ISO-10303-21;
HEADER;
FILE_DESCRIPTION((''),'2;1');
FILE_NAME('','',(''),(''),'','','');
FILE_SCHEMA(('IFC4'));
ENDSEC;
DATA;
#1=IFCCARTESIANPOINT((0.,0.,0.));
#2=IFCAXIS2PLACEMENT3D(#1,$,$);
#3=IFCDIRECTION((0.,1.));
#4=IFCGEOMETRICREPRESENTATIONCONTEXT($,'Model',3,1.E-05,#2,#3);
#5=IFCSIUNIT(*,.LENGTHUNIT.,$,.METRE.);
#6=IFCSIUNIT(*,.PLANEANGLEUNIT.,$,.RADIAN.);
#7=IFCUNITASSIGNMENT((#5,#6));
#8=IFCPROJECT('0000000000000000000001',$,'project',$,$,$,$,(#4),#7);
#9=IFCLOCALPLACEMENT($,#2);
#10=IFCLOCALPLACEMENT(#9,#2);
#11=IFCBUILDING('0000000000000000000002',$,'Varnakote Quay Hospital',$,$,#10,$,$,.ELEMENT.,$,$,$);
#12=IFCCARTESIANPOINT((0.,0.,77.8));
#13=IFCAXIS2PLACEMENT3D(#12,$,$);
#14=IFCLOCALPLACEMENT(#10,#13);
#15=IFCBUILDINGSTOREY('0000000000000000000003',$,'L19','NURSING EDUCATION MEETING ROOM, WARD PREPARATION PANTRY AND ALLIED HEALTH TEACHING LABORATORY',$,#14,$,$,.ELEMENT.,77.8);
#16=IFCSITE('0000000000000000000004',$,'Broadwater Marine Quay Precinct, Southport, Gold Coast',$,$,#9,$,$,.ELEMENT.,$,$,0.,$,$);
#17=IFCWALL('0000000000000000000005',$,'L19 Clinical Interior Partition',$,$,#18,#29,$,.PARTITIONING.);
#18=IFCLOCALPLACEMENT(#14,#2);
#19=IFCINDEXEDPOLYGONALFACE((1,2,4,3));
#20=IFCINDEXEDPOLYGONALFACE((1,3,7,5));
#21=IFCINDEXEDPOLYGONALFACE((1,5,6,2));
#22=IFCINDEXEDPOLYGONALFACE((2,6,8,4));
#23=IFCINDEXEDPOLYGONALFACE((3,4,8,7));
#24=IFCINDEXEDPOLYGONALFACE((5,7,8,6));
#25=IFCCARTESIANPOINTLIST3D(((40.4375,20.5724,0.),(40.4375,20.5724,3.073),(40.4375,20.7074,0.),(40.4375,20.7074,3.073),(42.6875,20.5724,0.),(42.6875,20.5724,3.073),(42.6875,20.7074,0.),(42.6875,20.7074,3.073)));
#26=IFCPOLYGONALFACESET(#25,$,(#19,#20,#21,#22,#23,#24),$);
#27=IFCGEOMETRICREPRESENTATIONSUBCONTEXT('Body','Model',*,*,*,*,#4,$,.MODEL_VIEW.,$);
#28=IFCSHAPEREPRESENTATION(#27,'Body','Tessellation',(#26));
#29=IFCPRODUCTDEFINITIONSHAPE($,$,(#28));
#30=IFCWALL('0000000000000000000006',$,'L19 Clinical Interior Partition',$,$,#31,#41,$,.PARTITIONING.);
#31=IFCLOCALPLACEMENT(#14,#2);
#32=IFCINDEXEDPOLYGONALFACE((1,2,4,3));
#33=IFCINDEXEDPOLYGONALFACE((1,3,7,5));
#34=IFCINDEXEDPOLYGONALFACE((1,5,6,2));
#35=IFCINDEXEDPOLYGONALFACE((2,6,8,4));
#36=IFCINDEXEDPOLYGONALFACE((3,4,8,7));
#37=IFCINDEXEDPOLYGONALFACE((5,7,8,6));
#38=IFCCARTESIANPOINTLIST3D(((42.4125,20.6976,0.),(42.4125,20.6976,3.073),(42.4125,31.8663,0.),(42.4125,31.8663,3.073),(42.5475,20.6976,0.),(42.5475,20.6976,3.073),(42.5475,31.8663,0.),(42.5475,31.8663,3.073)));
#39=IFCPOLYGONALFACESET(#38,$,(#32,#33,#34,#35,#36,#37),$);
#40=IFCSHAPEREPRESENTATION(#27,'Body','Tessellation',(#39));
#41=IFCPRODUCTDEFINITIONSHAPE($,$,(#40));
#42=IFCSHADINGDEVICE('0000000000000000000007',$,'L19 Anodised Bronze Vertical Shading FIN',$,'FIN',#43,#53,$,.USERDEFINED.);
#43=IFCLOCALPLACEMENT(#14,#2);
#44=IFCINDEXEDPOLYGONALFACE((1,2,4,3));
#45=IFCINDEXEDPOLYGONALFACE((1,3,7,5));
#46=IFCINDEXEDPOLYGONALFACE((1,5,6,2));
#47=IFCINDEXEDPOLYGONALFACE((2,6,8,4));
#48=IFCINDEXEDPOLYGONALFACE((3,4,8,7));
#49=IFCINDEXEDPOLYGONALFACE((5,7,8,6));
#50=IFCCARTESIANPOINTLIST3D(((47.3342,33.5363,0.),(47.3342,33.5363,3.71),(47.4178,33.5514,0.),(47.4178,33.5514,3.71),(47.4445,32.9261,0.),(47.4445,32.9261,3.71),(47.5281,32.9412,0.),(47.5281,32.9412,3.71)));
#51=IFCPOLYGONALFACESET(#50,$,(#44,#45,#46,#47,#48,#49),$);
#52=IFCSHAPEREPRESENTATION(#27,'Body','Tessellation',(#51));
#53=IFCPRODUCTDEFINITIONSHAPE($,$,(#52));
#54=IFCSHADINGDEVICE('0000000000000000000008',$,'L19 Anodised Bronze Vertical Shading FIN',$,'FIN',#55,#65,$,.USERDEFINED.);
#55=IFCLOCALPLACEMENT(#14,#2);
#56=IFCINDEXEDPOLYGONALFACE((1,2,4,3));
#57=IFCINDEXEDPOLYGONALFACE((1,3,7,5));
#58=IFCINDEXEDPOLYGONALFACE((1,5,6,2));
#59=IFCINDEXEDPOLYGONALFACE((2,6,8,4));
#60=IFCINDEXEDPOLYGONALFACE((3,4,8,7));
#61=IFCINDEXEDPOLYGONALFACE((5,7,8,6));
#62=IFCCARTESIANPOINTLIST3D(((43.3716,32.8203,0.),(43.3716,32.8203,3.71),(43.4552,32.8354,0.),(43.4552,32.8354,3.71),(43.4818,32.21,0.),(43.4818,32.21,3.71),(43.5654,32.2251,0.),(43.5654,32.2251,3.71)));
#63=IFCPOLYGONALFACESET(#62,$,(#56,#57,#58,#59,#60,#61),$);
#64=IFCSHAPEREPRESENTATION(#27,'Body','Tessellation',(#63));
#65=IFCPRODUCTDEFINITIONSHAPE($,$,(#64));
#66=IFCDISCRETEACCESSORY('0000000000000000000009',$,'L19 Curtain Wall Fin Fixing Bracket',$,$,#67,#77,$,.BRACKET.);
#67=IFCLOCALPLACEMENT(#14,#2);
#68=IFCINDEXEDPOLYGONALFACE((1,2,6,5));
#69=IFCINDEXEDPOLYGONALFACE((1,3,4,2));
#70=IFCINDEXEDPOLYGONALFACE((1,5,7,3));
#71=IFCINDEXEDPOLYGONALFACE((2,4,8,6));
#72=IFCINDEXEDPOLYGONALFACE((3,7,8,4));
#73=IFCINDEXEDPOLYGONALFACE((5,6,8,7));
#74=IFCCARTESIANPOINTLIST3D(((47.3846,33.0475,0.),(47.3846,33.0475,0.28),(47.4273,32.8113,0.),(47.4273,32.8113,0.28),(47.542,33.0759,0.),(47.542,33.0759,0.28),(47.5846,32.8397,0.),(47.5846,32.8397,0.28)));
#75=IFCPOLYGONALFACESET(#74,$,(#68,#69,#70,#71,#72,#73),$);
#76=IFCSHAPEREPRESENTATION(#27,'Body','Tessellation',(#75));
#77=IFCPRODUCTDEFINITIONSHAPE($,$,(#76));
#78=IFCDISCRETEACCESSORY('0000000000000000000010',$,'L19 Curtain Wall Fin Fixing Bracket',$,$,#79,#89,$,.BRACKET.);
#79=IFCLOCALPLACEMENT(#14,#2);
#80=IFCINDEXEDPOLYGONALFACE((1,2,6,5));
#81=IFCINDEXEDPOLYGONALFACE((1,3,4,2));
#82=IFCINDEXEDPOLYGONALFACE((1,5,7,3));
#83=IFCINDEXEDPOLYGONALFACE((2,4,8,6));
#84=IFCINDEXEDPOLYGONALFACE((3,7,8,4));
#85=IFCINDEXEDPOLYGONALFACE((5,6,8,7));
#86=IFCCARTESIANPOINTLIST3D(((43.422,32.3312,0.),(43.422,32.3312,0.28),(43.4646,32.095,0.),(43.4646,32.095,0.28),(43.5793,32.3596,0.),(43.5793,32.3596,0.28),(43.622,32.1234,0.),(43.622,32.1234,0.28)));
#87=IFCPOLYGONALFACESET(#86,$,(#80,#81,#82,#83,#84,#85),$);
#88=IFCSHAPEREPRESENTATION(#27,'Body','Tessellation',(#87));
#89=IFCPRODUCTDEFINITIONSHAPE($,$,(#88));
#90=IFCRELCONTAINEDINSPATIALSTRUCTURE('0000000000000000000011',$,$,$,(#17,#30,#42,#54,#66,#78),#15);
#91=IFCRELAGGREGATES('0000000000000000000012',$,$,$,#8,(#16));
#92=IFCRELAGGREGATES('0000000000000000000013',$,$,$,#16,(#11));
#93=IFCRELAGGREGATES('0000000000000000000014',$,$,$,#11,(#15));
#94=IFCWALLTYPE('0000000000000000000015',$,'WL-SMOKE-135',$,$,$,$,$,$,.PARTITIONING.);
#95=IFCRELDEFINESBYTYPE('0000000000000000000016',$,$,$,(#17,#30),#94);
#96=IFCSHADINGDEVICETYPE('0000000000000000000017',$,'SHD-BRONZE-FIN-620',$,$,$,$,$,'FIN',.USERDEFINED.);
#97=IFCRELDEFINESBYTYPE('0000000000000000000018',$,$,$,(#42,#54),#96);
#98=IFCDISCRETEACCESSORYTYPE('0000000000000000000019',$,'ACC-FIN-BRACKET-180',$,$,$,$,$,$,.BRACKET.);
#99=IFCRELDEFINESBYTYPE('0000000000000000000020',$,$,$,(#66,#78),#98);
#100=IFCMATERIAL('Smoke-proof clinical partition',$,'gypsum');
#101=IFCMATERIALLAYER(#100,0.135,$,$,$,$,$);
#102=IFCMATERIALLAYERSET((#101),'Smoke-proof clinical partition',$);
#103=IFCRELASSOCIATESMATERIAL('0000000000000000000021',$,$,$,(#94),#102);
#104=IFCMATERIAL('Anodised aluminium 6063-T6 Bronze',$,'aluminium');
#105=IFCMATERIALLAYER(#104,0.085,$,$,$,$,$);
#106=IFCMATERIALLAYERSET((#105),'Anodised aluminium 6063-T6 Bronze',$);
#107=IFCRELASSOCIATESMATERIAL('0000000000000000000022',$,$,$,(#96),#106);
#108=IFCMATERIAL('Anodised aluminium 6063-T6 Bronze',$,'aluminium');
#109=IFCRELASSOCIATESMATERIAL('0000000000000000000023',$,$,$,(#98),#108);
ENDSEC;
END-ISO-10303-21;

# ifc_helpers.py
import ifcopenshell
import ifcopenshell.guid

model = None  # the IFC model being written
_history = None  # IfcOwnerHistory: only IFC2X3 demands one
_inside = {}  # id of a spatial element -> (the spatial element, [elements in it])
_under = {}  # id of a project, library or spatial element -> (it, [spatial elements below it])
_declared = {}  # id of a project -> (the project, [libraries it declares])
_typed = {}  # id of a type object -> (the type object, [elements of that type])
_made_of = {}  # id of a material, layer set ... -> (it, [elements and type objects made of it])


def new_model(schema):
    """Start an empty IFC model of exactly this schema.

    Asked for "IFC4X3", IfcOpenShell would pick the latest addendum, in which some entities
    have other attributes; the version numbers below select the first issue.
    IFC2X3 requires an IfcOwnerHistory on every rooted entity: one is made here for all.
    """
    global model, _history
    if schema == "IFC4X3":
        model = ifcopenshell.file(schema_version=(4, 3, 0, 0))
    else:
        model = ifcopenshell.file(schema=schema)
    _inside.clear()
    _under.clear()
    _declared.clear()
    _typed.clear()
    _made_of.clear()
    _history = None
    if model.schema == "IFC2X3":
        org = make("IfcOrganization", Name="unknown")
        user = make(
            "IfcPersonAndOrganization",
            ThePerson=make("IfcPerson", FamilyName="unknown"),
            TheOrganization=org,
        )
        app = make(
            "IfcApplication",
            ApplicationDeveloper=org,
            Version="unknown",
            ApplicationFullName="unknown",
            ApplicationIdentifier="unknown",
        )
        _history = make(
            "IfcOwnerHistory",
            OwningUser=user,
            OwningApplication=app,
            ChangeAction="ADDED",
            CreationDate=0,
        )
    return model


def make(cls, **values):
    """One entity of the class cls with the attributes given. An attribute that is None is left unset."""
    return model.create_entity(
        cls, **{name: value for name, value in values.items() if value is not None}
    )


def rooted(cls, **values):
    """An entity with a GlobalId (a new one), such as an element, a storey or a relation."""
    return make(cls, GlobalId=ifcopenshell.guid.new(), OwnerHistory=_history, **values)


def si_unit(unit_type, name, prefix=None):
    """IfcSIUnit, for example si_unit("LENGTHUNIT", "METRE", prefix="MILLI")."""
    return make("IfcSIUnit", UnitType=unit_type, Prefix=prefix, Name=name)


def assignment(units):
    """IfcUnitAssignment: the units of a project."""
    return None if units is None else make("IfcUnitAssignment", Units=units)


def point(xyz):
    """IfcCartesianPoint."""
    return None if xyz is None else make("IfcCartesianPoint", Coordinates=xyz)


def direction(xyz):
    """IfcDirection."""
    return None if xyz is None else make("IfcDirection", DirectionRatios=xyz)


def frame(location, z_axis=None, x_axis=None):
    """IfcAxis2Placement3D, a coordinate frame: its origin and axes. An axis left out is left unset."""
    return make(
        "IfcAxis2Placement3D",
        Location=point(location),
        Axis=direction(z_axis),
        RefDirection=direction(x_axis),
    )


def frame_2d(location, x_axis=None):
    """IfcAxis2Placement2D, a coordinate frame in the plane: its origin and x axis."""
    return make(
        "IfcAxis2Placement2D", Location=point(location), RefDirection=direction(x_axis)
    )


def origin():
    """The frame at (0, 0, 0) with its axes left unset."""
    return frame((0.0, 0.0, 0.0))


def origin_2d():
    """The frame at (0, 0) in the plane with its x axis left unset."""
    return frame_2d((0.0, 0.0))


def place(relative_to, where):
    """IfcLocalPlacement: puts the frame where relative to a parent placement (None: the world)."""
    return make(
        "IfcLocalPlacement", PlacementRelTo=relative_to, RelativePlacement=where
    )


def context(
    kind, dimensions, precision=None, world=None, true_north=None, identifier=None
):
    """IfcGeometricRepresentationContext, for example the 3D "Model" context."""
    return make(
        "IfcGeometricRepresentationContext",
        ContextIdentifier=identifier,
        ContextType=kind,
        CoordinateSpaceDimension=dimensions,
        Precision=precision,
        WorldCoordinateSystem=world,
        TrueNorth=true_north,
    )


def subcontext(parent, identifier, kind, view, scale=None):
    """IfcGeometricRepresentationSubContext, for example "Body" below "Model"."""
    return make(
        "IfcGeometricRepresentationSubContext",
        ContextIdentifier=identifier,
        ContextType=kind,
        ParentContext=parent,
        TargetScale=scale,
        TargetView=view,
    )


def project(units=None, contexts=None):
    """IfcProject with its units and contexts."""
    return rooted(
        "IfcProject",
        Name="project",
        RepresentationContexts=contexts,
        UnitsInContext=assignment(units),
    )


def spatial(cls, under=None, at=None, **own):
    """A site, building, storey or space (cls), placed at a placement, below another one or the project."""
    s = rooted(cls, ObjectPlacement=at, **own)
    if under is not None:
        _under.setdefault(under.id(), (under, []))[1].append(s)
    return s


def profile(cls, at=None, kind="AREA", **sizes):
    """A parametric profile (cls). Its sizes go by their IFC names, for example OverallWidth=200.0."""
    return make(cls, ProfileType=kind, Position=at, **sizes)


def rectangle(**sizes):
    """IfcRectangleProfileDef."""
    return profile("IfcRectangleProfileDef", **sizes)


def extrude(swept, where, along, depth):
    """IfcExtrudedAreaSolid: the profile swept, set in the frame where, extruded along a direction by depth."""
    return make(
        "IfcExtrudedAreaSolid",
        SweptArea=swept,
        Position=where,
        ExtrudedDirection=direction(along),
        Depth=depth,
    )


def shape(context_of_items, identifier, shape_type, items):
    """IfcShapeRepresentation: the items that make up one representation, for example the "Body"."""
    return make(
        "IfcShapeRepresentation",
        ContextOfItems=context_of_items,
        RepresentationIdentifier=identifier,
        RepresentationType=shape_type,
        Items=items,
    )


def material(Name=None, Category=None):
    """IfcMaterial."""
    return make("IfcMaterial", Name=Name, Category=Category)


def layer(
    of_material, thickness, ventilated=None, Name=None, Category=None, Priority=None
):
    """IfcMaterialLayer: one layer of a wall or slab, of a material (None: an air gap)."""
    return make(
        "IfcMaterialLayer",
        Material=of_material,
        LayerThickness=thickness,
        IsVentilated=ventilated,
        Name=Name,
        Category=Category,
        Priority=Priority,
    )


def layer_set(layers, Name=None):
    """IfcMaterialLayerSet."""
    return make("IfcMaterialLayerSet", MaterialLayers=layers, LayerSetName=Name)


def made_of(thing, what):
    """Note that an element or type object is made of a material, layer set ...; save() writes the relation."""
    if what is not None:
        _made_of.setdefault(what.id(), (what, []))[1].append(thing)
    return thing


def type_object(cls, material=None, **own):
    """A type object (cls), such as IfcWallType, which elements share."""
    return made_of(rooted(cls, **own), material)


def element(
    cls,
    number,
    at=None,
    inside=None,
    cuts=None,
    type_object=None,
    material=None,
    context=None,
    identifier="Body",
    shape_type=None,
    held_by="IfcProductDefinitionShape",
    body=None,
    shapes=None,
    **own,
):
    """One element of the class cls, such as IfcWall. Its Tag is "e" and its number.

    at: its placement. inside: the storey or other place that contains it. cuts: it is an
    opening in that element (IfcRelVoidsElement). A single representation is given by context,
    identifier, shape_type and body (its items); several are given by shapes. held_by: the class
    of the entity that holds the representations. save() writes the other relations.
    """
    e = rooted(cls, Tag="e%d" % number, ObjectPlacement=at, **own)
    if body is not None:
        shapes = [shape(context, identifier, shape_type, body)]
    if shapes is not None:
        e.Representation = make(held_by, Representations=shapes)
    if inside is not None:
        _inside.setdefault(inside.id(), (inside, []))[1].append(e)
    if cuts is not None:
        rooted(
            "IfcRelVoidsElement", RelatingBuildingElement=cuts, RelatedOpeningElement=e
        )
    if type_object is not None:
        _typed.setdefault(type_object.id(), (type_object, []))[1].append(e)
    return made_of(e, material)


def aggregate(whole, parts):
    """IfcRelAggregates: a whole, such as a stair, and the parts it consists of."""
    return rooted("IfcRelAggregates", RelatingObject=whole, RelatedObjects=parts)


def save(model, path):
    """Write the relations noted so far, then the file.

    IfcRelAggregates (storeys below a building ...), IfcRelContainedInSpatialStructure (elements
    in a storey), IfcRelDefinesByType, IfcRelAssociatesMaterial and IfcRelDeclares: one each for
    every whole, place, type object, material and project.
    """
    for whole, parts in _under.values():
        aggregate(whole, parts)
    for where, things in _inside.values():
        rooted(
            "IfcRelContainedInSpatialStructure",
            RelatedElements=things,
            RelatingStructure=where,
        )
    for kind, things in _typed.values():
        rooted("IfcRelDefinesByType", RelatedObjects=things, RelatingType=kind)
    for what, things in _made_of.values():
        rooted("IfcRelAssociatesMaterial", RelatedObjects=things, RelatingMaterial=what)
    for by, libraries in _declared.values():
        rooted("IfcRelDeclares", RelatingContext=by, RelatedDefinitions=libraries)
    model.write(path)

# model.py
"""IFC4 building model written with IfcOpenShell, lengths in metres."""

from ifc_helpers import new_model, si_unit, direction, frame, frame_2d, origin, origin_2d, place, context, subcontext, project, spatial, rectangle, extrude, material, layer, layer_set, type_object, element, save


model = new_model("IFC4")

# Units and contexts
model_context = context("Model", 3, precision=1e-05, world=origin(), true_north=direction((0.0, 1.0)))
body_context = subcontext(model_context, "Body", "Model", "MODEL_VIEW")
ifc_project = project(units=[si_unit("LENGTHUNIT", "METRE"), si_unit("PLANEANGLEUNIT", "RADIAN")], contexts=[model_context])

# Site, building, storey
site_placement = place(None, origin())
site = spatial("IfcSite", under=ifc_project, at=site_placement, Name="Broadwater Marine Quay Precinct, Southport, Gold Coast", CompositionType="ELEMENT", RefElevation=0.0)
building_placement = place(site_placement, origin())
building = spatial("IfcBuilding", under=site, at=building_placement, Name="Varnakote Quay Hospital", CompositionType="ELEMENT")
storey_placement = place(building_placement, frame((0.0, 0.0, 77.8)))
storey = spatial("IfcBuildingStorey", under=building, at=storey_placement, Name="L19", Description="NURSING EDUCATION MEETING ROOM, WARD PREPARATION PANTRY AND ALLIED HEALTH TEACHING LABORATORY", CompositionType="ELEMENT", Elevation=77.8)

# Walls
ifc_material_1 = material(Name="Smoke-proof clinical partition", Category="gypsum")
ifc_layer_1 = layer(ifc_material_1, 0.135)
ifc_layer_set_1 = layer_set([ifc_layer_1], Name="Smoke-proof clinical partition")
wall_type = type_object("IfcWallType", Name="WL-SMOKE-135", PredefinedType="PARTITIONING", material=ifc_layer_set_1)
wall_1_placement = place(storey_placement, frame((42.6875, 20.6399, 0.0), z_axis=(0.0, 0.0, 1.0), x_axis=(-1.0, 0.0, 0.0)))
element("IfcWall", 1, at=wall_1_placement, inside=storey, type_object=wall_type, Name="L19 Clinical Interior Partition", PredefinedType="PARTITIONING", context=body_context, shape_type="SweptSolid", body=[
    extrude(rectangle(XDim=2.25, YDim=0.135, at=frame_2d((1.125, 0.0))), origin(), (0.0, 0.0, 1.0), 3.073),
])
wall_2_placement = place(storey_placement, frame((42.48, 20.6975, 0.0), z_axis=(0.0, 0.0, 1.0), x_axis=(0.0, 1.0, 0.0)))
element("IfcWall", 2, at=wall_2_placement, inside=storey, type_object=wall_type, Name="L19 Clinical Interior Partition", PredefinedType="PARTITIONING", context=body_context, shape_type="SweptSolid", body=[
    extrude(rectangle(XDim=11.1687, YDim=0.135, at=frame_2d((5.5845, 0.0))), origin(), (0.0, 0.0, 1.0), 3.073),
])

# Shading devices
ifc_material_2 = material(Name="Anodised aluminium 6063-T6 Bronze", Category="aluminium")
ifc_layer_2 = layer(ifc_material_2, 0.085)
ifc_layer_set_2 = layer_set([ifc_layer_2], Name="Anodised aluminium 6063-T6 Bronze")
shading_device_type = type_object("IfcShadingDeviceType", Name="SHD-BRONZE-FIN-620", ElementType="FIN", PredefinedType="USERDEFINED", material=ifc_layer_set_2)
for number, where, z_axis, x_axis, name in (
    (3, (47.4312, 33.2388, 0.0), (0.0, 0.0, 1.0), (0.177772, -0.984072, 0.0), "L19 Anodised Bronze Vertical Shading FIN"),
    (4, (43.4685, 32.5227, 0.0), (0.0, 0.0, 1.0), (0.177772, -0.984072, 0.0), "L19 Anodised Bronze Vertical Shading FIN"),
):
    element("IfcShadingDevice", number, at=place(storey_placement, frame(where, z_axis=z_axis, x_axis=x_axis)), inside=storey, type_object=shading_device_type, Name=name, ObjectType="FIN", PredefinedType="USERDEFINED", context=body_context, shape_type="SweptSolid", body=[
        extrude(rectangle(XDim=0.6201, YDim=0.085, at=origin_2d()), origin(), (0.0, 0.0, 1.0), 3.71),
    ])

# Discrete accessories
ifc_material_3 = material(Name="Anodised aluminium 6063-T6 Bronze", Category="aluminium")
discrete_accessory_type = type_object("IfcDiscreteAccessoryType", Name="ACC-FIN-BRACKET-180", PredefinedType="BRACKET", material=ifc_material_3)
for number, where, z_axis, x_axis, name in (
    (5, (47.4846, 32.9436, 0.0), (0.0, 0.0, 1.0), (-0.984072, -0.177772, 0.0), "L19 Curtain Wall Fin Fixing Bracket"),
    (6, (43.522, 32.2273, 0.0), (0.0, 0.0, 1.0), (-0.984072, -0.177772, 0.0), "L19 Curtain Wall Fin Fixing Bracket"),
):
    element("IfcDiscreteAccessory", number, at=place(storey_placement, frame(where, z_axis=z_axis, x_axis=x_axis)), inside=storey, type_object=discrete_accessory_type, Name=name, PredefinedType="BRACKET", context=body_context, shape_type="SweptSolid", body=[
        extrude(rectangle(XDim=0.1599, YDim=0.24, at=origin_2d()), origin(), (0.0, 0.0, 1.0), 0.28),
    ])

save(model, "model.ifc")
